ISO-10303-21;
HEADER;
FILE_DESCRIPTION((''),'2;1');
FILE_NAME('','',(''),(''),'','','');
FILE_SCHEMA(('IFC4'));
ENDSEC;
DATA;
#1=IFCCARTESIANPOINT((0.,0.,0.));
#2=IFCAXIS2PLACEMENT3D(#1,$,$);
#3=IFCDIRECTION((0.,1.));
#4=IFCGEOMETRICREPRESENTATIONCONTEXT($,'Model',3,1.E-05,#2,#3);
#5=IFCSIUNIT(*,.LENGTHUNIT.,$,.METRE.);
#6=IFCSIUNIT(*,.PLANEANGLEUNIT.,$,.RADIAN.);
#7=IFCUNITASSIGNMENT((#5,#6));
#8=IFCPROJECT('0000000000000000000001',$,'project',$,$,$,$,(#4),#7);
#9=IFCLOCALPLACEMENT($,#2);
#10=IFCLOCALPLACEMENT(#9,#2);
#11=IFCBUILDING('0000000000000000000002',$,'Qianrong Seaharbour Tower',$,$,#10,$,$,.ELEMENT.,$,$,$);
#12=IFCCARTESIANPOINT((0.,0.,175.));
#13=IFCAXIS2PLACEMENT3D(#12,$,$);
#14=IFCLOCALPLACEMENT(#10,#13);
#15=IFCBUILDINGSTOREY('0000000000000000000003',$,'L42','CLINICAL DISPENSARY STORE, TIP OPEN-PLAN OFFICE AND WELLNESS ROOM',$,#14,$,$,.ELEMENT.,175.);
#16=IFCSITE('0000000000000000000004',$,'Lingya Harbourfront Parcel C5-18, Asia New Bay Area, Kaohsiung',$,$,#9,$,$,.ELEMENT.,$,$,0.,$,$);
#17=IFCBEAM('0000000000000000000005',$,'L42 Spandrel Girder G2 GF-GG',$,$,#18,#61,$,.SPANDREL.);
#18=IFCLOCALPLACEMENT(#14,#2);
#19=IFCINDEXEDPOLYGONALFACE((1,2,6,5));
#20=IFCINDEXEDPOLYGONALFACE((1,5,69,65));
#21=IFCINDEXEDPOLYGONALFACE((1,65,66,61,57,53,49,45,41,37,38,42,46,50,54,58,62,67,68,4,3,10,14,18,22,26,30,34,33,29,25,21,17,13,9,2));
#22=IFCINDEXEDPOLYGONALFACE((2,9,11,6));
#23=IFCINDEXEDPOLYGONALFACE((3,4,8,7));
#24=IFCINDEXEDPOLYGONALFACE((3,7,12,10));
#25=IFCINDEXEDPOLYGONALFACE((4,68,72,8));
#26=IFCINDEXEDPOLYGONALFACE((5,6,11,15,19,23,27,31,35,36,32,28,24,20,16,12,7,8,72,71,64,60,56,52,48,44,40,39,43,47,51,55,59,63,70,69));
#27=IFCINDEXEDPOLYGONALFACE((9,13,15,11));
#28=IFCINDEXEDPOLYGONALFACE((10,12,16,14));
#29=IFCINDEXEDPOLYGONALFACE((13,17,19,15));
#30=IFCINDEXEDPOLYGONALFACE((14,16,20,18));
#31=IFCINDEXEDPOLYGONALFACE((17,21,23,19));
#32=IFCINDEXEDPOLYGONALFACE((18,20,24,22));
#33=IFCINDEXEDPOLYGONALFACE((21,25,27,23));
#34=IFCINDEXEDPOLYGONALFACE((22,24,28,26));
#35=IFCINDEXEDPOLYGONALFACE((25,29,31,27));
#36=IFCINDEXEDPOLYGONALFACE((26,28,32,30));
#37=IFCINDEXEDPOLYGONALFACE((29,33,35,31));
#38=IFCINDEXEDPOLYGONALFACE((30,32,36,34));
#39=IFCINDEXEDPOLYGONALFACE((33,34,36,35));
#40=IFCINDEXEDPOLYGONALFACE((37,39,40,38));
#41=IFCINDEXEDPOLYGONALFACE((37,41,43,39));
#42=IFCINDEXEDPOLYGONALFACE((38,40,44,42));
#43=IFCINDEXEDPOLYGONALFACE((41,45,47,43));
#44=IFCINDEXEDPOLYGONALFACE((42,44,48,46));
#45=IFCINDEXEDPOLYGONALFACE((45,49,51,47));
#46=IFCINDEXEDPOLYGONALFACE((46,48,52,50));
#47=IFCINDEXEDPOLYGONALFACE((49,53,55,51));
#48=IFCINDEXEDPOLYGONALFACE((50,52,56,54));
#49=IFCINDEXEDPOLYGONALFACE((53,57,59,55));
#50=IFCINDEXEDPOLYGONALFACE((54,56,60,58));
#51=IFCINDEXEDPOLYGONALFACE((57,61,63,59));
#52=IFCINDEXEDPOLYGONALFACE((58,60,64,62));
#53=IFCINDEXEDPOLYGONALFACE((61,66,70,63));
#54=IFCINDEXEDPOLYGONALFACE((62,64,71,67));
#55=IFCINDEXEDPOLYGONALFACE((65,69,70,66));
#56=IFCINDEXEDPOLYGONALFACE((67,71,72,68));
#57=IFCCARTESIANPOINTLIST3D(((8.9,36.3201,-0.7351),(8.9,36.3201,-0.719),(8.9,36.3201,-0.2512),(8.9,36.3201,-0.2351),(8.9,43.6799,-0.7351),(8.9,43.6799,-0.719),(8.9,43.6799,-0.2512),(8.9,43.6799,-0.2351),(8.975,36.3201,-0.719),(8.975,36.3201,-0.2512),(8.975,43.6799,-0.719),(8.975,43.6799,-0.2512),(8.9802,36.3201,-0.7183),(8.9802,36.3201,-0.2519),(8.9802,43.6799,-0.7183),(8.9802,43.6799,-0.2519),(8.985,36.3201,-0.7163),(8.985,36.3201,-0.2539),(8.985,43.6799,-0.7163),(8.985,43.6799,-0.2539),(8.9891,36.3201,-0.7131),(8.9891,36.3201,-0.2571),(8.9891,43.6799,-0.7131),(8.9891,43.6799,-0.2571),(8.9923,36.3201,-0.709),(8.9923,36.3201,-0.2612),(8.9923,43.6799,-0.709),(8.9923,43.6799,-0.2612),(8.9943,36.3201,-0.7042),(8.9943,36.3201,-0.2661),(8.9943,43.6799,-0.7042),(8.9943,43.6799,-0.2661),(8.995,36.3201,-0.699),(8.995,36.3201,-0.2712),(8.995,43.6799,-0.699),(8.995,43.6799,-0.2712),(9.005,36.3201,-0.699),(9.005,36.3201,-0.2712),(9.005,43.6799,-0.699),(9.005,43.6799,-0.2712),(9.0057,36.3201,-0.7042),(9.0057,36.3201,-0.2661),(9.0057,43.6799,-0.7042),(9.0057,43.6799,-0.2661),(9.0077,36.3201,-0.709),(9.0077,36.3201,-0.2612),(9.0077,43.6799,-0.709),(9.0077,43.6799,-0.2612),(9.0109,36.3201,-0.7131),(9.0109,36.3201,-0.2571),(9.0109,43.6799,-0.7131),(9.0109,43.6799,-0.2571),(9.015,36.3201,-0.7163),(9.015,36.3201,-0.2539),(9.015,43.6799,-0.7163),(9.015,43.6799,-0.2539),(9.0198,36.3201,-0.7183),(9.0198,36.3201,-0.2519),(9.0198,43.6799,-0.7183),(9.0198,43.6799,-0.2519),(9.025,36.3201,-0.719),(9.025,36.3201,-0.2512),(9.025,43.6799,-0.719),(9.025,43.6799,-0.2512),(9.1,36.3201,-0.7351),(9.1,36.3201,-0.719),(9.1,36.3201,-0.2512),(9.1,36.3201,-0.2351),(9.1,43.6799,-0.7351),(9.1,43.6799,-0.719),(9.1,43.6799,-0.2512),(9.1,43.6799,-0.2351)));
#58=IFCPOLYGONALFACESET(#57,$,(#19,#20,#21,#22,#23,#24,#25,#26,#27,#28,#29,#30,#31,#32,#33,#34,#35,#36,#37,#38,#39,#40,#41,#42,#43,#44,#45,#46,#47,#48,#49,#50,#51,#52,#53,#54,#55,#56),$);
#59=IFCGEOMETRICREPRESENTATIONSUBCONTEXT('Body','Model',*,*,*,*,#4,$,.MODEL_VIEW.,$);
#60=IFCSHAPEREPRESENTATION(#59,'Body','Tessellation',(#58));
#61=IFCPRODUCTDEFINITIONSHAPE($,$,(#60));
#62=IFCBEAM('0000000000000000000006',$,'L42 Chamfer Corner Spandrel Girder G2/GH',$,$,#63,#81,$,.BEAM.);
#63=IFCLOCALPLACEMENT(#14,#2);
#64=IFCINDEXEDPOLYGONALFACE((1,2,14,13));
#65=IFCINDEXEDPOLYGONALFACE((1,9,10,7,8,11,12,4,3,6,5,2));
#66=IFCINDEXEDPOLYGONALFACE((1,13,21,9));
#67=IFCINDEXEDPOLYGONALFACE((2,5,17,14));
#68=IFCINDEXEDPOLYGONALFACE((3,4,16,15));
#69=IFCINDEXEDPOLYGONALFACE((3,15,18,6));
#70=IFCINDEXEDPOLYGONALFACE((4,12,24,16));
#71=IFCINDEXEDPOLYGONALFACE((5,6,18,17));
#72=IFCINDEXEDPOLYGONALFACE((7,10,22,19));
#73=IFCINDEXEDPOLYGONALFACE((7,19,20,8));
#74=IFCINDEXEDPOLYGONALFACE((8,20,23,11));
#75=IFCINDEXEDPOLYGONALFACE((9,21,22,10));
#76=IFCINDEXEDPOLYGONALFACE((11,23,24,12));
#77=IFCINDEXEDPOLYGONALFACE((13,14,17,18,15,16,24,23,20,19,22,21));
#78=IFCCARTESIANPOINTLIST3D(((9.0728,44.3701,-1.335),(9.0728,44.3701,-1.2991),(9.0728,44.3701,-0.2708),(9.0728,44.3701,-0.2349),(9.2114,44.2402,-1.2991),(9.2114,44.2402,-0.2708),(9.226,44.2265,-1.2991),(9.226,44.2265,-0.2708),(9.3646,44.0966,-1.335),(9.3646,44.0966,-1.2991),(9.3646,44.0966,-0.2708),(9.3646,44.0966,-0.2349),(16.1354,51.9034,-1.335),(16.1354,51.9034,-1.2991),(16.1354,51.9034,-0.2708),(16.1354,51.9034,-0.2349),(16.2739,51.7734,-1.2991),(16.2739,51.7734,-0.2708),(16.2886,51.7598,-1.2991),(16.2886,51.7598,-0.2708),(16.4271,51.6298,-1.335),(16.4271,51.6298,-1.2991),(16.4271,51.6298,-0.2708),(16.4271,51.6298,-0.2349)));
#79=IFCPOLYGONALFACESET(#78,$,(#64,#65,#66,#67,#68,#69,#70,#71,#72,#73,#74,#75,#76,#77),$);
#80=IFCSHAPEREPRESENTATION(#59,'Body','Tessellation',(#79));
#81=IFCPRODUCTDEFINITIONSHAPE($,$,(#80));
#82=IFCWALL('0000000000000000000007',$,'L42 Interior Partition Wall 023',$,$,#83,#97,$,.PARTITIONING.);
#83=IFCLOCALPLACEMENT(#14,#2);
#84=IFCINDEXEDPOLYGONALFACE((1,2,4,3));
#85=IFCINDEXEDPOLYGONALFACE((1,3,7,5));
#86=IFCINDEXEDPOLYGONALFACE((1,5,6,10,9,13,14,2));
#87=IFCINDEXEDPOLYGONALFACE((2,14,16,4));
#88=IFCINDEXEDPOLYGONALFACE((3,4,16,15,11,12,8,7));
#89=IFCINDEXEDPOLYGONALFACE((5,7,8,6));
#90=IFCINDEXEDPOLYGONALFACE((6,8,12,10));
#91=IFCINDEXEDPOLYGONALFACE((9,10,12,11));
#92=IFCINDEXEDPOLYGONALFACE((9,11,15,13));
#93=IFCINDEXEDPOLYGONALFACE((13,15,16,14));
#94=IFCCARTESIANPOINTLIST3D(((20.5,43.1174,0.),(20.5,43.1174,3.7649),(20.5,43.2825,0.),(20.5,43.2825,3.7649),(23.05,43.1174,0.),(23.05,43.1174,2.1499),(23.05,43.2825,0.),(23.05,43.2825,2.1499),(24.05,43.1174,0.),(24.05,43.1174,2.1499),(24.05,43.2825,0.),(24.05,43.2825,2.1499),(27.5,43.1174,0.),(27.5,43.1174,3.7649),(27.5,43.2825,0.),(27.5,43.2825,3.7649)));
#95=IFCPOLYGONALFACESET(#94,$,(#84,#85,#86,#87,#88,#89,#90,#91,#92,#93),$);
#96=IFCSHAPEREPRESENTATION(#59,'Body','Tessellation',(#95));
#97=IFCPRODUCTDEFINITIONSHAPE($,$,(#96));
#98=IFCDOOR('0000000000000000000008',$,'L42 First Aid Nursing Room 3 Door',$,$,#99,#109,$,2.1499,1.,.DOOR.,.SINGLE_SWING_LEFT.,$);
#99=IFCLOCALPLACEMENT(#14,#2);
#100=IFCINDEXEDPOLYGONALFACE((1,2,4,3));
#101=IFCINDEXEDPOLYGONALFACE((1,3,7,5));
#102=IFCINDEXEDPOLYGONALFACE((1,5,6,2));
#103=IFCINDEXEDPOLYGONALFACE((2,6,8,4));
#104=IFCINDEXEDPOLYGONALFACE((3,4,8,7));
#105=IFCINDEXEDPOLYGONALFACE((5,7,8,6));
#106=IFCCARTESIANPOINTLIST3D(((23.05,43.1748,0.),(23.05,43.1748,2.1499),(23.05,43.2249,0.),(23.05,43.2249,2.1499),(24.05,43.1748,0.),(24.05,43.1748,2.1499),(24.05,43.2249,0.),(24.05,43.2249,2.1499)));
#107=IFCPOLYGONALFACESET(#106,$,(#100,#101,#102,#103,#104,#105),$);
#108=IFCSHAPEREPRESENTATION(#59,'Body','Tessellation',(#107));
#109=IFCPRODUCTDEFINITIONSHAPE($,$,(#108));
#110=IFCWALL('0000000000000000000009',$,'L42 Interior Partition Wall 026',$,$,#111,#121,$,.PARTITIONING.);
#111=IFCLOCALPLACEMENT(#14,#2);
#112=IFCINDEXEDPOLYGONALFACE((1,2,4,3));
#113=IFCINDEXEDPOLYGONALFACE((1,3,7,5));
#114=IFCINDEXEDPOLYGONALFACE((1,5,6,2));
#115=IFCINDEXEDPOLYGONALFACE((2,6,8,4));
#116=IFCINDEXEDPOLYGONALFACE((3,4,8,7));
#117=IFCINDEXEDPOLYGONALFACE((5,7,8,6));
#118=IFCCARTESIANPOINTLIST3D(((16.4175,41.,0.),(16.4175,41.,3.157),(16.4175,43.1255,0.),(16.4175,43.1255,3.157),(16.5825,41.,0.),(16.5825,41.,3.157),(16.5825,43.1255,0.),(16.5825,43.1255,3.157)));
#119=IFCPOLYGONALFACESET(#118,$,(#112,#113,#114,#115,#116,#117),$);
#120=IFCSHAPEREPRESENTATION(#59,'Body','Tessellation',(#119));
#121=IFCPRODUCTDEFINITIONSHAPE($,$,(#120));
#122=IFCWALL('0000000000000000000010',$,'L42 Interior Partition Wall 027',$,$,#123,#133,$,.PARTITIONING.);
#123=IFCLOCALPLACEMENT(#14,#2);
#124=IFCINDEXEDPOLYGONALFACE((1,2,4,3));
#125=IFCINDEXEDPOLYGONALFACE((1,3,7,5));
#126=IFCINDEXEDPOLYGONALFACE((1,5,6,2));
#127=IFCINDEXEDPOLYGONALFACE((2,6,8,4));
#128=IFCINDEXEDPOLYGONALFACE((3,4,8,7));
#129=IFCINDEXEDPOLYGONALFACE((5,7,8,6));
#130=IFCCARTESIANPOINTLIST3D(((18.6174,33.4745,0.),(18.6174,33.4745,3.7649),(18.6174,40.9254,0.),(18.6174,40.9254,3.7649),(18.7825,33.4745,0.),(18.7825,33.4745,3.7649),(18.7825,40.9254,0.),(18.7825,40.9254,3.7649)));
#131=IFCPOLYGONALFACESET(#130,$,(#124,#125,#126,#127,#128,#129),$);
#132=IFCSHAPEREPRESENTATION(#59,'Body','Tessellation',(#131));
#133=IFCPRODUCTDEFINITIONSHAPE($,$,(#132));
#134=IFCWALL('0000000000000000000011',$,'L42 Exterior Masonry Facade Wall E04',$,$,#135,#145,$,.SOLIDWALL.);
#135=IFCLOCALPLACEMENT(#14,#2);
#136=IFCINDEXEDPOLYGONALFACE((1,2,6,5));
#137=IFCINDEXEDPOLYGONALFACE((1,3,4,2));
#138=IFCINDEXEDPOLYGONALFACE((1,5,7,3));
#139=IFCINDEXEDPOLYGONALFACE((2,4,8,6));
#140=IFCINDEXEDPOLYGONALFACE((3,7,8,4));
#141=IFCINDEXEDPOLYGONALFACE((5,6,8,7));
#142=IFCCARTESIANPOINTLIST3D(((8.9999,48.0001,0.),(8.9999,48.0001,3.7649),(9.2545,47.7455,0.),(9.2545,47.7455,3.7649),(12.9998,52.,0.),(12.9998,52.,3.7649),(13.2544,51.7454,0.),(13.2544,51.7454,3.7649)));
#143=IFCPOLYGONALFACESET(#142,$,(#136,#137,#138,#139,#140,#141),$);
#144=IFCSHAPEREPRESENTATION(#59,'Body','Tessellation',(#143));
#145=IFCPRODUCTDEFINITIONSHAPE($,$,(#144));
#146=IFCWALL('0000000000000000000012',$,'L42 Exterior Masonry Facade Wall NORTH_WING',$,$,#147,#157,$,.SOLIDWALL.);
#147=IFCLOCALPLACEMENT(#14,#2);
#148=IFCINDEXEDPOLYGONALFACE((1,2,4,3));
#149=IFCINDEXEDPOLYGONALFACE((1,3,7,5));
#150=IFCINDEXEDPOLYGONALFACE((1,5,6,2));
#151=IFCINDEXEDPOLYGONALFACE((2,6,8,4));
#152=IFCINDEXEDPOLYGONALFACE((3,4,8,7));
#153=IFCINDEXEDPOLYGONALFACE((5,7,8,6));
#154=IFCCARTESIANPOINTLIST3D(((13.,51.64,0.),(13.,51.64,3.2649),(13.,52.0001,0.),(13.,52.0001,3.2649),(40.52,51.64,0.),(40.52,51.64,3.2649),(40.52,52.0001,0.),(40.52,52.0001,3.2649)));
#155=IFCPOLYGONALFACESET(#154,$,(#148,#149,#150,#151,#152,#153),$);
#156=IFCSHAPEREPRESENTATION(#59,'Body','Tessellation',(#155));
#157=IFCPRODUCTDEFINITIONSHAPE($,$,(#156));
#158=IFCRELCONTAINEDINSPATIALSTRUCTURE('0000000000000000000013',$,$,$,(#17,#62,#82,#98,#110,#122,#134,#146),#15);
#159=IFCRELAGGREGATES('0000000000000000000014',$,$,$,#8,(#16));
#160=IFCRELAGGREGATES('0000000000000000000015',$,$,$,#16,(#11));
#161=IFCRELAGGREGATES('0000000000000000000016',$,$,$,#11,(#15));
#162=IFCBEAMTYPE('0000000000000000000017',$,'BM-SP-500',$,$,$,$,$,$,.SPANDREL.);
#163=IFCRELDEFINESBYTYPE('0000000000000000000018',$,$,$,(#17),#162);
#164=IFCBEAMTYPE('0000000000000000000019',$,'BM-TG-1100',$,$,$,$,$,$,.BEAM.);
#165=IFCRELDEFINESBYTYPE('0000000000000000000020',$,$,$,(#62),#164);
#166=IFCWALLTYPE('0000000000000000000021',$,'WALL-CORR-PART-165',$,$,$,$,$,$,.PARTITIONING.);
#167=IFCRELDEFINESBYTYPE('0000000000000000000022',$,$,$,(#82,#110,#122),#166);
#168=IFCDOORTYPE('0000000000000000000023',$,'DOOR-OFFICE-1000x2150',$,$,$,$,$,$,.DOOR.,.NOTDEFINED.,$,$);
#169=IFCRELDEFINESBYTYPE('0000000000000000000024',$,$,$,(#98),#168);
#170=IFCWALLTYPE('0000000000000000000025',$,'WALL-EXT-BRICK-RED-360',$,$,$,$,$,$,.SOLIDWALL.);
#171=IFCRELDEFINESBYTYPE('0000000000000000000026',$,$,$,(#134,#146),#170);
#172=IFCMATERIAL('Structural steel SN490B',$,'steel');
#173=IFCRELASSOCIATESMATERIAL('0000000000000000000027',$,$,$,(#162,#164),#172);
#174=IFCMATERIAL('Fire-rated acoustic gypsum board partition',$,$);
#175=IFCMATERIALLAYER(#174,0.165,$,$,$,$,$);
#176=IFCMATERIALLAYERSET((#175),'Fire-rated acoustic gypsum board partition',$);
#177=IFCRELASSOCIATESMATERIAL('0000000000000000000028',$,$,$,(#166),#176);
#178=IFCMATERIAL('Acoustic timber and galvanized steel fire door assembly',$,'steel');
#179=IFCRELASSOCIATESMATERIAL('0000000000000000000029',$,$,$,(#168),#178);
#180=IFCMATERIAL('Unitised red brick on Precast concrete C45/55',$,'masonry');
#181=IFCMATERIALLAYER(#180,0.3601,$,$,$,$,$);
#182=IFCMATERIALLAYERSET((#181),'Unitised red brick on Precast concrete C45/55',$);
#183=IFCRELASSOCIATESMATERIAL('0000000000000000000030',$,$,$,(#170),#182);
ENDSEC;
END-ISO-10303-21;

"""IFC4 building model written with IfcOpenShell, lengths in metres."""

from ifc_helpers import new_model, si_unit, direction, frame, frame_2d, origin, origin_2d, place, context, subcontext, project, spatial, rectangle, i_section, extrude, material, layer, layer_set, material_profile, profile_set, type_object, element, fill, save


model = new_model("IFC4")

# Units and contexts
model_context = context("Model", 3, precision=1e-05, world=origin(), true_north=direction((0.0, 1.0)))
body_context = subcontext(model_context, "Body", "Model", "MODEL_VIEW")
ifc_project = project(units=[si_unit("LENGTHUNIT", "METRE"), si_unit("PLANEANGLEUNIT", "RADIAN")], contexts=[model_context])

# Site, building, storey
site_placement = place(None, origin())
site = spatial("IfcSite", under=ifc_project, at=site_placement, Name="Lingya Harbourfront Parcel C5-18, Asia New Bay Area, Kaohsiung", CompositionType="ELEMENT", RefElevation=0.0)
building_placement = place(site_placement, origin())
building = spatial("IfcBuilding", under=site, at=building_placement, Name="Qianrong Seaharbour Tower", CompositionType="ELEMENT")
storey_placement = place(building_placement, frame((0.0, 0.0, 175.0)))
storey = spatial("IfcBuildingStorey", under=building, at=storey_placement, Name="L42", Description="CLINICAL DISPENSARY STORE, TIP OPEN-PLAN OFFICE AND WELLNESS ROOM", CompositionType="ELEMENT", Elevation=175.0)

# Shared definitions
ifc_material_1 = material(Name="Structural steel SN490B", Category="steel")

# Beams
ifc_material_profile_1 = material_profile(ifc_material_1, i_section(OverallWidth=0.2, OverallDepth=0.5, WebThickness=0.01, FlangeThickness=0.0161, FilletRadius=0.02, at=origin_2d()), Name="H500x200x10x16")
ifc_profile_set_1 = profile_set([ifc_material_profile_1], Name="Structural steel SN490B")
beam_type_1 = type_object("IfcBeamType", Name="BM-SP-500", PredefinedType="SPANDREL", material=ifc_profile_set_1)
for number, where, z_axis, x_axis, name in (
    (1, (9.0, 36.3201, -0.4851), (0.0, 1.0, 0.0), (-1.0, 0.0, 0.0), "L42 Spandrel Girder G2 GF-GG"),
):
    element("IfcBeam", number, at=place(storey_placement, frame(where, z_axis=z_axis, x_axis=x_axis)), inside=storey, type_object=beam_type_1, Name=name, PredefinedType="SPANDREL", context=body_context, shape_type="SweptSolid", body=[
        extrude(i_section(OverallWidth=0.2, OverallDepth=0.5, WebThickness=0.01, FlangeThickness=0.0161, FilletRadius=0.02, at=origin_2d()), origin(), (0.0, 0.0, 1.0), 7.3599),
    ])
ifc_material_profile_2 = material_profile(ifc_material_1, i_section(OverallWidth=0.3999, OverallDepth=1.1001, WebThickness=0.02, FlangeThickness=0.0359, at=origin_2d()), Name="BH1100x400x20x36")
ifc_profile_set_2 = profile_set([ifc_material_profile_2], Name="Structural steel SN490B")
beam_type_2 = type_object("IfcBeamType", Name="BM-TG-1100", PredefinedType="BEAM", material=ifc_profile_set_2)
beam_1_placement = place(storey_placement, frame((16.2812, 51.7666, -0.7849), z_axis=(-0.683947, -0.729531, 0.0), x_axis=(0.729531, -0.683947, 0.0)))
element("IfcBeam", 2, at=beam_1_placement, inside=storey, type_object=beam_type_2, Name="L42 Chamfer Corner Spandrel Girder G2/GH", PredefinedType="BEAM", context=body_context, shape_type="SweptSolid", body=[
    extrude(i_section(OverallWidth=0.3999, OverallDepth=1.1001, WebThickness=0.02, FlangeThickness=0.0359, at=origin_2d()), origin(), (0.0, 0.0, 1.0), 10.3262),
])

# Wall, opening, door
ifc_material_2 = material(Name="Fire-rated acoustic gypsum board partition")
ifc_layer_1 = layer(ifc_material_2, 0.165)
ifc_layer_set_1 = layer_set([ifc_layer_1], Name="Fire-rated acoustic gypsum board partition")
wall_type_1 = type_object("IfcWallType", Name="WALL-CORR-PART-165", PredefinedType="PARTITIONING", material=ifc_layer_set_1)
ifc_material_3 = material(Name="Acoustic timber and galvanized steel fire door assembly", Category="steel")
door_type = type_object("IfcDoorType", Name="DOOR-OFFICE-1000x2150", OperationType="NOTDEFINED", PredefinedType="DOOR", material=ifc_material_3)
wall_1_placement = place(storey_placement, frame((20.5, 43.2, 0.0), z_axis=(0.0, 0.0, 1.0), x_axis=(1.0, 0.0, 0.0)))
wall_1 = element("IfcWall", 3, at=wall_1_placement, inside=storey, type_object=wall_type_1, Name="L42 Interior Partition Wall 023", PredefinedType="PARTITIONING", context=body_context, shape_type="SweptSolid", body=[
    extrude(rectangle(XDim=7.0, YDim=0.165, at=frame_2d((3.5, 0.0))), origin(), (0.0, 0.0, 1.0), 3.7649),
])
opening_1_placement = place(wall_1_placement, frame((2.55, 0.0, 0.0)))
opening_1 = element("IfcOpeningElement", 4, at=opening_1_placement, cuts=wall_1, PredefinedType="OPENING", context=body_context, shape_type="SweptSolid", body=[
    extrude(rectangle(XDim=1.0, YDim=2.1499, at=frame_2d((0.5, 1.075))), frame((0.0, 0.0925, 0.0), z_axis=(0.0, -1.0, 0.0), x_axis=(1.0, 0.0, 0.0)), (0.0, 0.0, 1.0), 0.1851),
])
door_1_placement = place(opening_1_placement, origin())
door_1 = element("IfcDoor", 5, at=door_1_placement, inside=storey, type_object=door_type, Name="L42 First Aid Nursing Room 3 Door", OperationType="SINGLE_SWING_LEFT", OverallHeight=2.1499, OverallWidth=1.0, PredefinedType="DOOR", context=body_context, shape_type="SweptSolid", body=[
    extrude(rectangle(XDim=1.0, YDim=2.1499, at=frame_2d((0.5, 1.075))), frame((0.0, 0.0249, 0.0), z_axis=(0.0, -1.0, 0.0), x_axis=(1.0, 0.0, 0.0)), (0.0, 0.0, 1.0), 0.05),
])
fill(opening_1, door_1)

# Walls
wall_2_placement = place(storey_placement, frame((16.5, 41.0, 0.0), z_axis=(0.0, 0.0, 1.0), x_axis=(0.0, 1.0, 0.0)))
element("IfcWall", 6, at=wall_2_placement, inside=storey, type_object=wall_type_1, Name="L42 Interior Partition Wall 026", PredefinedType="PARTITIONING", context=body_context, shape_type="SweptSolid", body=[
    extrude(rectangle(XDim=2.1255, YDim=0.165, at=frame_2d((1.0627, 0.0))), origin(), (0.0, 0.0, 1.0), 3.157),
])
wall_3_placement = place(storey_placement, frame((18.7, 40.9255, 0.0), z_axis=(0.0, 0.0, 1.0), x_axis=(0.0, -1.0, 0.0)))
element("IfcWall", 7, at=wall_3_placement, inside=storey, type_object=wall_type_1, Name="L42 Interior Partition Wall 027", PredefinedType="PARTITIONING", context=body_context, shape_type="SweptSolid", body=[
    extrude(rectangle(XDim=7.4509, YDim=0.165, at=frame_2d((3.7256, 0.0))), origin(), (0.0, 0.0, 1.0), 3.7649),
])
ifc_material_4 = material(Name="Unitised red brick on Precast concrete C45/55", Category="masonry")
ifc_layer_2 = layer(ifc_material_4, 0.3601)
ifc_layer_set_2 = layer_set([ifc_layer_2], Name="Unitised red brick on Precast concrete C45/55")
wall_type_2 = type_object("IfcWallType", Name="WALL-EXT-BRICK-RED-360", PredefinedType="SOLIDWALL", material=ifc_layer_set_2)
wall_4_placement = place(storey_placement, frame((9.1272, 47.8728, 0.0), z_axis=(0.0, 0.0, 1.0), x_axis=(0.707107, 0.707107, 0.0)))
element("IfcWall", 8, at=wall_4_placement, inside=storey, type_object=wall_type_2, Name="L42 Exterior Masonry Facade Wall E04", PredefinedType="SOLIDWALL", context=body_context, shape_type="SweptSolid", body=[
    extrude(rectangle(XDim=5.6567, YDim=0.3601, at=frame_2d((2.8284, 0.0))), origin(), (0.0, 0.0, 1.0), 3.7649),
])
wall_5_placement = place(storey_placement, frame((13.0, 51.8201, 0.0), z_axis=(0.0, 0.0, 1.0), x_axis=(1.0, 0.0, 0.0)))
element("IfcWall", 9, at=wall_5_placement, inside=storey, type_object=wall_type_2, Name="L42 Exterior Masonry Facade Wall NORTH_WING", PredefinedType="SOLIDWALL", context=body_context, shape_type="SweptSolid", body=[
    extrude(rectangle(XDim=27.52, YDim=0.3601, at=frame_2d((13.76, 0.0))), origin(), (0.0, 0.0, 1.0), 3.2649),
])

save(model, "model.ifc")
